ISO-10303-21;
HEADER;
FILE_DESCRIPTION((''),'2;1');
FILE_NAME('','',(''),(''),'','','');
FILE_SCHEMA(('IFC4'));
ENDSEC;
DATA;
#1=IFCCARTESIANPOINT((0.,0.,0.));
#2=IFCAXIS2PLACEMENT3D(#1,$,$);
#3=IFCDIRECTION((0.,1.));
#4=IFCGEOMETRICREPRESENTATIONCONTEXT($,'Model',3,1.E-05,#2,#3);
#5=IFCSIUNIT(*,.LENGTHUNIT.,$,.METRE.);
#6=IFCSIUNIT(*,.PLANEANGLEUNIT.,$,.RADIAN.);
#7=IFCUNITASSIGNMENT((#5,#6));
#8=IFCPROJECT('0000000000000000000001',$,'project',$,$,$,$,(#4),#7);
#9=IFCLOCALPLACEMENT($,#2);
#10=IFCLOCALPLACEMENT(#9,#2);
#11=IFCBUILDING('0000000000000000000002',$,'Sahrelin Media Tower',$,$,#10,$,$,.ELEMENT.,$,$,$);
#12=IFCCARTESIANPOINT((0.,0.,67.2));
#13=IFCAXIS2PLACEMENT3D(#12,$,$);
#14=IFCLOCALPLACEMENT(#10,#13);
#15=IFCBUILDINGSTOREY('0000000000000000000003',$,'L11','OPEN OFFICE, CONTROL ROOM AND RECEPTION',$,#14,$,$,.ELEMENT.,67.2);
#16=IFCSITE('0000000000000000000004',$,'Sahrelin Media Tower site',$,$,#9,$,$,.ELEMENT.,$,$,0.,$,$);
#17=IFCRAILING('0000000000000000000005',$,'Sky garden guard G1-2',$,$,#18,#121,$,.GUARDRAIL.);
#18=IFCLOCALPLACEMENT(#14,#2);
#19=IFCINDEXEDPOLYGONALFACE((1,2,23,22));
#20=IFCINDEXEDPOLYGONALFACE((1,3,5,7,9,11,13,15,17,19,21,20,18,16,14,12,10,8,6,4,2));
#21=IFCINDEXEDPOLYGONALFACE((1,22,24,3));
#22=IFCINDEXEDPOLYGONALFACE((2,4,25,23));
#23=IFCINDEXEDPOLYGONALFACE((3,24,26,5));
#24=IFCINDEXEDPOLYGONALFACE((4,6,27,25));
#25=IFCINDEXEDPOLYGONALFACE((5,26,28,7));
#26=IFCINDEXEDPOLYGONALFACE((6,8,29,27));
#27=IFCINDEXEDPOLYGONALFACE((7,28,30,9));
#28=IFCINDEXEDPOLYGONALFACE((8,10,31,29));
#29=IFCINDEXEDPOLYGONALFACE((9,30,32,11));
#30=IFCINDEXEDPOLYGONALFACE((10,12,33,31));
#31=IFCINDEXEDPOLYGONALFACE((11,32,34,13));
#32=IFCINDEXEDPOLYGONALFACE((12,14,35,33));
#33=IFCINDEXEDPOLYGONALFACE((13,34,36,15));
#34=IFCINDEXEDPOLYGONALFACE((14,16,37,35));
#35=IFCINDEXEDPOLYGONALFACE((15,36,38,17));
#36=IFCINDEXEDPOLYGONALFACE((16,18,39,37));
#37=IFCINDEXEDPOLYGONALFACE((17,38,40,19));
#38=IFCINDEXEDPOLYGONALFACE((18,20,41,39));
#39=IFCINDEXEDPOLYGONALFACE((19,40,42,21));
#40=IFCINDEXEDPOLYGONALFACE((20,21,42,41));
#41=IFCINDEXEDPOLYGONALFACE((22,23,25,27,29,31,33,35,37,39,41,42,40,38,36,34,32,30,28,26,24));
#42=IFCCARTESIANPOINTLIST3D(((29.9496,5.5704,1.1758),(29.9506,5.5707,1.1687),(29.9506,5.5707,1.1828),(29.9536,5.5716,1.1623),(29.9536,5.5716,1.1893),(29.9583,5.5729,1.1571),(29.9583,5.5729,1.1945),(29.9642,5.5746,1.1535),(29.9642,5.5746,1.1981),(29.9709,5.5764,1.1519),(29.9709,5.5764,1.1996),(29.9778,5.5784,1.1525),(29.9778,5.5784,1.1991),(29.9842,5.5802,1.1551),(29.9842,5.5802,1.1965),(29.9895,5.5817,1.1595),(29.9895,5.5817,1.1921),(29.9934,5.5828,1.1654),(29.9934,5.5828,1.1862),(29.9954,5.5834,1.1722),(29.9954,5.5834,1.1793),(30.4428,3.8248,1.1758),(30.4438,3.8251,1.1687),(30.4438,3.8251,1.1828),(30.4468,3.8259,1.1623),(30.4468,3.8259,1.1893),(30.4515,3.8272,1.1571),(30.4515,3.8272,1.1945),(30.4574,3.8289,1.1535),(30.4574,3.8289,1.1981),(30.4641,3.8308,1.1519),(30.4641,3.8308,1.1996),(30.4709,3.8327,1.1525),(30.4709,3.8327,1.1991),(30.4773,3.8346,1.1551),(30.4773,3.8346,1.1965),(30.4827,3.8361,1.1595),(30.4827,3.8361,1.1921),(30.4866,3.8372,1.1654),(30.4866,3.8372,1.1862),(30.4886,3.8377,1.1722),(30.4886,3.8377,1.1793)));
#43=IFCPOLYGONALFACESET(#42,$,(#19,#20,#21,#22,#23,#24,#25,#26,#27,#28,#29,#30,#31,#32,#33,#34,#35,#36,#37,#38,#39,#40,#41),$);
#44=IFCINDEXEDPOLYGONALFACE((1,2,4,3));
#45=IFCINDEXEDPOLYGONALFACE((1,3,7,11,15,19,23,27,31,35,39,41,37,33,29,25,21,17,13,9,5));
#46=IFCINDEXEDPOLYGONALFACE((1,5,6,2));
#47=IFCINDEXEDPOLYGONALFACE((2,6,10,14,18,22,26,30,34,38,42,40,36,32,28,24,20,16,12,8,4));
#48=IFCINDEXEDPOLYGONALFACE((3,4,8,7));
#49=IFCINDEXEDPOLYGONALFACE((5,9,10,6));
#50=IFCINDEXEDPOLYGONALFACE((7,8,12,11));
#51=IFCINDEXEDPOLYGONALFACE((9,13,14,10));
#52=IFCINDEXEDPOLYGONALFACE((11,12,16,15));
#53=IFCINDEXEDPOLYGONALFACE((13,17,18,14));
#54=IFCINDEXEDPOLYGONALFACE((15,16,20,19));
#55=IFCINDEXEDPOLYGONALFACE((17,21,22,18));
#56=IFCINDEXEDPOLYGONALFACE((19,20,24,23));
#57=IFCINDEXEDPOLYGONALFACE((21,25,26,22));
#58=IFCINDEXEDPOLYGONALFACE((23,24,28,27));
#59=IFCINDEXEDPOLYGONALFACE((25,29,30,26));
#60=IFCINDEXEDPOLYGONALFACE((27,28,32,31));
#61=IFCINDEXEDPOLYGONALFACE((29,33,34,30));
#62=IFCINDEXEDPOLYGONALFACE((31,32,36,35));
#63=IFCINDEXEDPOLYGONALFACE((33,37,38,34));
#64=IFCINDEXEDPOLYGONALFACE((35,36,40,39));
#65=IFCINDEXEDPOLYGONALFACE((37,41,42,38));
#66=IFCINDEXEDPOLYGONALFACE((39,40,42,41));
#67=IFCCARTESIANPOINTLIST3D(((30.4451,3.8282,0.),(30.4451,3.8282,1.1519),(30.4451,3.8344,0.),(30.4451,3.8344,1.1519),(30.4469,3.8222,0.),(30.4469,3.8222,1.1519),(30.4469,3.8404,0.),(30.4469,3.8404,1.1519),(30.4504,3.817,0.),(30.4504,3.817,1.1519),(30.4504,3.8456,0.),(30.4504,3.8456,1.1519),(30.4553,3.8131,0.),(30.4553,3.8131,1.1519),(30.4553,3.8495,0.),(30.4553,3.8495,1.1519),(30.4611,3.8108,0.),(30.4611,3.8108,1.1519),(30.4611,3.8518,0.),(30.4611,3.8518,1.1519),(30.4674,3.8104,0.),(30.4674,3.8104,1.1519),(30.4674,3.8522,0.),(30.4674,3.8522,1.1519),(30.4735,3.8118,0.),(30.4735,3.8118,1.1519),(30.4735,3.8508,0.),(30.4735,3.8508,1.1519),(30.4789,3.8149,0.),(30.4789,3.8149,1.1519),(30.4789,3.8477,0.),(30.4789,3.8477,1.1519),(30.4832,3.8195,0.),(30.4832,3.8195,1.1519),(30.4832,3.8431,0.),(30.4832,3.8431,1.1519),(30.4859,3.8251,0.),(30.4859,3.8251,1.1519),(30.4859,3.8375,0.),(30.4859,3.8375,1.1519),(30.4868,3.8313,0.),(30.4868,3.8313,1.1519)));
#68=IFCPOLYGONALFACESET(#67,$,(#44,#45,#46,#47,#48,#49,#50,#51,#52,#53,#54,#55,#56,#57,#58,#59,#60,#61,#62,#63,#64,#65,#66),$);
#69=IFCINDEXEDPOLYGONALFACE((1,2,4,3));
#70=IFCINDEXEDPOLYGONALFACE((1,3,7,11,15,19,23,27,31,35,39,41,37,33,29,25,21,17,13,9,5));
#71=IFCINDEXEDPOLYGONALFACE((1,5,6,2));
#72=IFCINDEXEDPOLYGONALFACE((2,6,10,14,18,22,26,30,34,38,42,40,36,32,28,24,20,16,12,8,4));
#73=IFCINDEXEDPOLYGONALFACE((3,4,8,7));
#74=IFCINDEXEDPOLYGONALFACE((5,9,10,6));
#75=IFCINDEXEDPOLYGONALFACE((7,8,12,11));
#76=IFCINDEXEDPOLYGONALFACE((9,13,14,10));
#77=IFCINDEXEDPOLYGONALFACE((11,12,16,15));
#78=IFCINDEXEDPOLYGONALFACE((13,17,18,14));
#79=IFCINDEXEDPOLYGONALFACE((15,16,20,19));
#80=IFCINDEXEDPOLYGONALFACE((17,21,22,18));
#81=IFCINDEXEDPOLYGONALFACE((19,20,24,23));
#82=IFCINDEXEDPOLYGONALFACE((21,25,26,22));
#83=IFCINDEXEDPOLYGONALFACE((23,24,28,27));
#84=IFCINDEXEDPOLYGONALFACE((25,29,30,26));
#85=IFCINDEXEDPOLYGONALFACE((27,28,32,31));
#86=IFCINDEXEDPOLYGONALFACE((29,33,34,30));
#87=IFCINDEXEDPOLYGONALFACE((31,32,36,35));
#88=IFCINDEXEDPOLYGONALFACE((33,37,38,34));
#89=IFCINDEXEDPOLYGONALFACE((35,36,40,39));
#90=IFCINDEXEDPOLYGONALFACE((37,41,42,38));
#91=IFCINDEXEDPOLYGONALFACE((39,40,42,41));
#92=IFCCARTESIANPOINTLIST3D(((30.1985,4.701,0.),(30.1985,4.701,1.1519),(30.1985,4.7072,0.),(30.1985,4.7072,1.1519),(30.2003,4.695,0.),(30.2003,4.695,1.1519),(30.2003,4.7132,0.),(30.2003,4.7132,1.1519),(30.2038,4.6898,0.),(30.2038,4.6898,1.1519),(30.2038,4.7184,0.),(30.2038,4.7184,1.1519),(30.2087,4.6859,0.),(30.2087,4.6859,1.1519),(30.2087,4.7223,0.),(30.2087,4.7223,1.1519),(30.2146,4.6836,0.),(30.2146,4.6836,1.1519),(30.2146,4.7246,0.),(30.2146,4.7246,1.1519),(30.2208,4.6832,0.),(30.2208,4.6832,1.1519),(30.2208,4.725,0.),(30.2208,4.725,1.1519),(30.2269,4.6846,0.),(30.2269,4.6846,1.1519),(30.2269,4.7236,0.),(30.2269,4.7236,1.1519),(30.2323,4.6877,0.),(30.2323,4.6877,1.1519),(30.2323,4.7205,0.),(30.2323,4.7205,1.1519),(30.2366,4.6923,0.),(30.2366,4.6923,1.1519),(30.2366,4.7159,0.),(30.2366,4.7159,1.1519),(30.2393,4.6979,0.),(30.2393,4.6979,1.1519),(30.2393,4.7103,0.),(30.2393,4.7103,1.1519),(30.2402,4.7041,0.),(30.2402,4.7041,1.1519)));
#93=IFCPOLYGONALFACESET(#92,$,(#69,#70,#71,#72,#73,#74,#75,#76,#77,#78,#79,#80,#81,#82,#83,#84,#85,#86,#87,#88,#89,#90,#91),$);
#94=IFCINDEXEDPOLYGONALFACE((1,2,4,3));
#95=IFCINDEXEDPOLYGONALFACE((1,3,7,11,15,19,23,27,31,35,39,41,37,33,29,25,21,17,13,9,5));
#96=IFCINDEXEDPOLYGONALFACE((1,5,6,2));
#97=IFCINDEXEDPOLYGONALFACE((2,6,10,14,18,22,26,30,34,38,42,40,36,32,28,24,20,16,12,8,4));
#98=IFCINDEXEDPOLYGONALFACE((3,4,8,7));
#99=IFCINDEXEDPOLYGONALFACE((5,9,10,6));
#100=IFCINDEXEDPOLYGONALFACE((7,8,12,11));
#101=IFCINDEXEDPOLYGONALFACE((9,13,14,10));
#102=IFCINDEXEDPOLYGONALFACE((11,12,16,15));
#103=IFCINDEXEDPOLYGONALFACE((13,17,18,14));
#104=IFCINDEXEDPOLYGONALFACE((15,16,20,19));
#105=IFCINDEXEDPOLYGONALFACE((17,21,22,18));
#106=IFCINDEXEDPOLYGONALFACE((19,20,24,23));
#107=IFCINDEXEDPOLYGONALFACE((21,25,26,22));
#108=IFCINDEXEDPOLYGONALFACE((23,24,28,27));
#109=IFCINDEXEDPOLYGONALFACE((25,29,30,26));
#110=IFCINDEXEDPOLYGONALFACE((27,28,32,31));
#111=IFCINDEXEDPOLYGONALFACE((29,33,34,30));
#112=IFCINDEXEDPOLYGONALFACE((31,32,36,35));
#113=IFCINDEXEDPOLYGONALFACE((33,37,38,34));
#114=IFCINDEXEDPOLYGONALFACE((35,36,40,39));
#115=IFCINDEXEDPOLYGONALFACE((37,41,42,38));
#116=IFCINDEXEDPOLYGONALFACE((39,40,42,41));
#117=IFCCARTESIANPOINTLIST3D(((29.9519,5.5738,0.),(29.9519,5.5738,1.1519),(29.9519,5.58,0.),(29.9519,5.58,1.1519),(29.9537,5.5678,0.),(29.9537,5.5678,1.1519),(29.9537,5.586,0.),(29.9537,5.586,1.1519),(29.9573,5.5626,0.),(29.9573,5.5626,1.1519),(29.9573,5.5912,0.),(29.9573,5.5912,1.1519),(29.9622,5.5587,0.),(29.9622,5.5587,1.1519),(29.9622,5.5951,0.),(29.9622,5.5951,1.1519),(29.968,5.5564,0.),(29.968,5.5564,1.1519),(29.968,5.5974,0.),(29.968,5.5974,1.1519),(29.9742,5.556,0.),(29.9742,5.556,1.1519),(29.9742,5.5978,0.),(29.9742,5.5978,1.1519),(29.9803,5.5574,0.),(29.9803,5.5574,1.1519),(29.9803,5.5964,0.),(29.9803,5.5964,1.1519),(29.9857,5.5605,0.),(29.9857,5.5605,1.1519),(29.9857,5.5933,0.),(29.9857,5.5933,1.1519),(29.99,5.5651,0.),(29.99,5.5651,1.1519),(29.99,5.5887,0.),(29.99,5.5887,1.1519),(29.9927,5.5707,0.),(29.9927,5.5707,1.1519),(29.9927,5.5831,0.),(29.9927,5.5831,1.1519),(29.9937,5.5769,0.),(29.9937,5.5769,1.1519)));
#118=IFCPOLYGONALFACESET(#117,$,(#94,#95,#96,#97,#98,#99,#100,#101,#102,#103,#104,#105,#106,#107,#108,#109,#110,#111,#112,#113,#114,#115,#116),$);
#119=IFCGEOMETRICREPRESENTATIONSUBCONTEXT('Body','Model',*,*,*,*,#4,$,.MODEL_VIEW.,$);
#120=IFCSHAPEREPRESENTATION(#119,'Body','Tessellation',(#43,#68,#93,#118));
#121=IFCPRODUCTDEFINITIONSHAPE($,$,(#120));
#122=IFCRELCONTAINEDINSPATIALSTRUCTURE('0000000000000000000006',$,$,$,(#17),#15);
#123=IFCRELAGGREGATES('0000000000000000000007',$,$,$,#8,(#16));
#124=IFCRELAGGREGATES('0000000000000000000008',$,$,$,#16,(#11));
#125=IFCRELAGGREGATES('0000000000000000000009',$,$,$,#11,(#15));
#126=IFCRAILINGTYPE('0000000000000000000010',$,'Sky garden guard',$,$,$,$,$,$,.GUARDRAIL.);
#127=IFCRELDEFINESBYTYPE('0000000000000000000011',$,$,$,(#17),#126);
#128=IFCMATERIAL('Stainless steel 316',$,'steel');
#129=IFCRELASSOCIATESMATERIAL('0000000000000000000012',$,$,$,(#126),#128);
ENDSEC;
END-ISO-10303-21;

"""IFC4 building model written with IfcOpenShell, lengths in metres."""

from ifc_helpers import new_model, si_unit, direction, frame, origin, origin_2d, place, context, subcontext, project, spatial, circle, extrude, material, type_object, element, save


model = new_model("IFC4")

# Units and contexts
model_context = context("Model", 3, precision=1e-05, world=origin(), true_north=direction((0.0, 1.0)))
body_context = subcontext(model_context, "Body", "Model", "MODEL_VIEW")
ifc_project = project(units=[si_unit("LENGTHUNIT", "METRE"), si_unit("PLANEANGLEUNIT", "RADIAN")], contexts=[model_context])

# Site, building, storey
site_placement = place(None, origin())
site = spatial("IfcSite", under=ifc_project, at=site_placement, Name="Sahrelin Media Tower site", CompositionType="ELEMENT", RefElevation=0.0)
building_placement = place(site_placement, origin())
building = spatial("IfcBuilding", under=site, at=building_placement, Name="Sahrelin Media Tower", CompositionType="ELEMENT")
storey_placement = place(building_placement, frame((0.0, 0.0, 67.2)))
storey = spatial("IfcBuildingStorey", under=building, at=storey_placement, Name="L11", Description="OPEN OFFICE, CONTROL ROOM AND RECEPTION", CompositionType="ELEMENT", Elevation=67.2)

# Railing
ifc_material_1 = material(Name="Stainless steel 316", Category="steel")
railing_type = type_object("IfcRailingType", Name="Sky garden guard", PredefinedType="GUARDRAIL", material=ifc_material_1)
railing_1_placement = place(storey_placement, frame((30.4658, 3.8313, 0.0)))
element("IfcRailing", 1, at=railing_1_placement, inside=storey, type_object=railing_type, Name="Sky garden guard G1-2", PredefinedType="GUARDRAIL", context=body_context, shape_type="SweptSolid", body=[
    extrude(circle(Radius=0.0239, at=origin_2d()), frame((0.0, 0.0, 1.1758), z_axis=(-0.271876, 0.962332, 0.0), x_axis=(-0.962332, -0.271876, 0.0)), (0.0, 0.0, 1.0), 1.814),
    extrude(circle(Radius=0.021, at=origin_2d()), origin(), (0.0, 0.0, 1.0), 1.1519),
    extrude(circle(Radius=0.021, at=origin_2d()), frame((-0.2466, 0.8728, 0.0)), (0.0, 0.0, 1.0), 1.1519),
    extrude(circle(Radius=0.021, at=origin_2d()), frame((-0.4932, 1.7456, 0.0)), (0.0, 0.0, 1.0), 1.1519),
])

save(model, "model.ifc")
